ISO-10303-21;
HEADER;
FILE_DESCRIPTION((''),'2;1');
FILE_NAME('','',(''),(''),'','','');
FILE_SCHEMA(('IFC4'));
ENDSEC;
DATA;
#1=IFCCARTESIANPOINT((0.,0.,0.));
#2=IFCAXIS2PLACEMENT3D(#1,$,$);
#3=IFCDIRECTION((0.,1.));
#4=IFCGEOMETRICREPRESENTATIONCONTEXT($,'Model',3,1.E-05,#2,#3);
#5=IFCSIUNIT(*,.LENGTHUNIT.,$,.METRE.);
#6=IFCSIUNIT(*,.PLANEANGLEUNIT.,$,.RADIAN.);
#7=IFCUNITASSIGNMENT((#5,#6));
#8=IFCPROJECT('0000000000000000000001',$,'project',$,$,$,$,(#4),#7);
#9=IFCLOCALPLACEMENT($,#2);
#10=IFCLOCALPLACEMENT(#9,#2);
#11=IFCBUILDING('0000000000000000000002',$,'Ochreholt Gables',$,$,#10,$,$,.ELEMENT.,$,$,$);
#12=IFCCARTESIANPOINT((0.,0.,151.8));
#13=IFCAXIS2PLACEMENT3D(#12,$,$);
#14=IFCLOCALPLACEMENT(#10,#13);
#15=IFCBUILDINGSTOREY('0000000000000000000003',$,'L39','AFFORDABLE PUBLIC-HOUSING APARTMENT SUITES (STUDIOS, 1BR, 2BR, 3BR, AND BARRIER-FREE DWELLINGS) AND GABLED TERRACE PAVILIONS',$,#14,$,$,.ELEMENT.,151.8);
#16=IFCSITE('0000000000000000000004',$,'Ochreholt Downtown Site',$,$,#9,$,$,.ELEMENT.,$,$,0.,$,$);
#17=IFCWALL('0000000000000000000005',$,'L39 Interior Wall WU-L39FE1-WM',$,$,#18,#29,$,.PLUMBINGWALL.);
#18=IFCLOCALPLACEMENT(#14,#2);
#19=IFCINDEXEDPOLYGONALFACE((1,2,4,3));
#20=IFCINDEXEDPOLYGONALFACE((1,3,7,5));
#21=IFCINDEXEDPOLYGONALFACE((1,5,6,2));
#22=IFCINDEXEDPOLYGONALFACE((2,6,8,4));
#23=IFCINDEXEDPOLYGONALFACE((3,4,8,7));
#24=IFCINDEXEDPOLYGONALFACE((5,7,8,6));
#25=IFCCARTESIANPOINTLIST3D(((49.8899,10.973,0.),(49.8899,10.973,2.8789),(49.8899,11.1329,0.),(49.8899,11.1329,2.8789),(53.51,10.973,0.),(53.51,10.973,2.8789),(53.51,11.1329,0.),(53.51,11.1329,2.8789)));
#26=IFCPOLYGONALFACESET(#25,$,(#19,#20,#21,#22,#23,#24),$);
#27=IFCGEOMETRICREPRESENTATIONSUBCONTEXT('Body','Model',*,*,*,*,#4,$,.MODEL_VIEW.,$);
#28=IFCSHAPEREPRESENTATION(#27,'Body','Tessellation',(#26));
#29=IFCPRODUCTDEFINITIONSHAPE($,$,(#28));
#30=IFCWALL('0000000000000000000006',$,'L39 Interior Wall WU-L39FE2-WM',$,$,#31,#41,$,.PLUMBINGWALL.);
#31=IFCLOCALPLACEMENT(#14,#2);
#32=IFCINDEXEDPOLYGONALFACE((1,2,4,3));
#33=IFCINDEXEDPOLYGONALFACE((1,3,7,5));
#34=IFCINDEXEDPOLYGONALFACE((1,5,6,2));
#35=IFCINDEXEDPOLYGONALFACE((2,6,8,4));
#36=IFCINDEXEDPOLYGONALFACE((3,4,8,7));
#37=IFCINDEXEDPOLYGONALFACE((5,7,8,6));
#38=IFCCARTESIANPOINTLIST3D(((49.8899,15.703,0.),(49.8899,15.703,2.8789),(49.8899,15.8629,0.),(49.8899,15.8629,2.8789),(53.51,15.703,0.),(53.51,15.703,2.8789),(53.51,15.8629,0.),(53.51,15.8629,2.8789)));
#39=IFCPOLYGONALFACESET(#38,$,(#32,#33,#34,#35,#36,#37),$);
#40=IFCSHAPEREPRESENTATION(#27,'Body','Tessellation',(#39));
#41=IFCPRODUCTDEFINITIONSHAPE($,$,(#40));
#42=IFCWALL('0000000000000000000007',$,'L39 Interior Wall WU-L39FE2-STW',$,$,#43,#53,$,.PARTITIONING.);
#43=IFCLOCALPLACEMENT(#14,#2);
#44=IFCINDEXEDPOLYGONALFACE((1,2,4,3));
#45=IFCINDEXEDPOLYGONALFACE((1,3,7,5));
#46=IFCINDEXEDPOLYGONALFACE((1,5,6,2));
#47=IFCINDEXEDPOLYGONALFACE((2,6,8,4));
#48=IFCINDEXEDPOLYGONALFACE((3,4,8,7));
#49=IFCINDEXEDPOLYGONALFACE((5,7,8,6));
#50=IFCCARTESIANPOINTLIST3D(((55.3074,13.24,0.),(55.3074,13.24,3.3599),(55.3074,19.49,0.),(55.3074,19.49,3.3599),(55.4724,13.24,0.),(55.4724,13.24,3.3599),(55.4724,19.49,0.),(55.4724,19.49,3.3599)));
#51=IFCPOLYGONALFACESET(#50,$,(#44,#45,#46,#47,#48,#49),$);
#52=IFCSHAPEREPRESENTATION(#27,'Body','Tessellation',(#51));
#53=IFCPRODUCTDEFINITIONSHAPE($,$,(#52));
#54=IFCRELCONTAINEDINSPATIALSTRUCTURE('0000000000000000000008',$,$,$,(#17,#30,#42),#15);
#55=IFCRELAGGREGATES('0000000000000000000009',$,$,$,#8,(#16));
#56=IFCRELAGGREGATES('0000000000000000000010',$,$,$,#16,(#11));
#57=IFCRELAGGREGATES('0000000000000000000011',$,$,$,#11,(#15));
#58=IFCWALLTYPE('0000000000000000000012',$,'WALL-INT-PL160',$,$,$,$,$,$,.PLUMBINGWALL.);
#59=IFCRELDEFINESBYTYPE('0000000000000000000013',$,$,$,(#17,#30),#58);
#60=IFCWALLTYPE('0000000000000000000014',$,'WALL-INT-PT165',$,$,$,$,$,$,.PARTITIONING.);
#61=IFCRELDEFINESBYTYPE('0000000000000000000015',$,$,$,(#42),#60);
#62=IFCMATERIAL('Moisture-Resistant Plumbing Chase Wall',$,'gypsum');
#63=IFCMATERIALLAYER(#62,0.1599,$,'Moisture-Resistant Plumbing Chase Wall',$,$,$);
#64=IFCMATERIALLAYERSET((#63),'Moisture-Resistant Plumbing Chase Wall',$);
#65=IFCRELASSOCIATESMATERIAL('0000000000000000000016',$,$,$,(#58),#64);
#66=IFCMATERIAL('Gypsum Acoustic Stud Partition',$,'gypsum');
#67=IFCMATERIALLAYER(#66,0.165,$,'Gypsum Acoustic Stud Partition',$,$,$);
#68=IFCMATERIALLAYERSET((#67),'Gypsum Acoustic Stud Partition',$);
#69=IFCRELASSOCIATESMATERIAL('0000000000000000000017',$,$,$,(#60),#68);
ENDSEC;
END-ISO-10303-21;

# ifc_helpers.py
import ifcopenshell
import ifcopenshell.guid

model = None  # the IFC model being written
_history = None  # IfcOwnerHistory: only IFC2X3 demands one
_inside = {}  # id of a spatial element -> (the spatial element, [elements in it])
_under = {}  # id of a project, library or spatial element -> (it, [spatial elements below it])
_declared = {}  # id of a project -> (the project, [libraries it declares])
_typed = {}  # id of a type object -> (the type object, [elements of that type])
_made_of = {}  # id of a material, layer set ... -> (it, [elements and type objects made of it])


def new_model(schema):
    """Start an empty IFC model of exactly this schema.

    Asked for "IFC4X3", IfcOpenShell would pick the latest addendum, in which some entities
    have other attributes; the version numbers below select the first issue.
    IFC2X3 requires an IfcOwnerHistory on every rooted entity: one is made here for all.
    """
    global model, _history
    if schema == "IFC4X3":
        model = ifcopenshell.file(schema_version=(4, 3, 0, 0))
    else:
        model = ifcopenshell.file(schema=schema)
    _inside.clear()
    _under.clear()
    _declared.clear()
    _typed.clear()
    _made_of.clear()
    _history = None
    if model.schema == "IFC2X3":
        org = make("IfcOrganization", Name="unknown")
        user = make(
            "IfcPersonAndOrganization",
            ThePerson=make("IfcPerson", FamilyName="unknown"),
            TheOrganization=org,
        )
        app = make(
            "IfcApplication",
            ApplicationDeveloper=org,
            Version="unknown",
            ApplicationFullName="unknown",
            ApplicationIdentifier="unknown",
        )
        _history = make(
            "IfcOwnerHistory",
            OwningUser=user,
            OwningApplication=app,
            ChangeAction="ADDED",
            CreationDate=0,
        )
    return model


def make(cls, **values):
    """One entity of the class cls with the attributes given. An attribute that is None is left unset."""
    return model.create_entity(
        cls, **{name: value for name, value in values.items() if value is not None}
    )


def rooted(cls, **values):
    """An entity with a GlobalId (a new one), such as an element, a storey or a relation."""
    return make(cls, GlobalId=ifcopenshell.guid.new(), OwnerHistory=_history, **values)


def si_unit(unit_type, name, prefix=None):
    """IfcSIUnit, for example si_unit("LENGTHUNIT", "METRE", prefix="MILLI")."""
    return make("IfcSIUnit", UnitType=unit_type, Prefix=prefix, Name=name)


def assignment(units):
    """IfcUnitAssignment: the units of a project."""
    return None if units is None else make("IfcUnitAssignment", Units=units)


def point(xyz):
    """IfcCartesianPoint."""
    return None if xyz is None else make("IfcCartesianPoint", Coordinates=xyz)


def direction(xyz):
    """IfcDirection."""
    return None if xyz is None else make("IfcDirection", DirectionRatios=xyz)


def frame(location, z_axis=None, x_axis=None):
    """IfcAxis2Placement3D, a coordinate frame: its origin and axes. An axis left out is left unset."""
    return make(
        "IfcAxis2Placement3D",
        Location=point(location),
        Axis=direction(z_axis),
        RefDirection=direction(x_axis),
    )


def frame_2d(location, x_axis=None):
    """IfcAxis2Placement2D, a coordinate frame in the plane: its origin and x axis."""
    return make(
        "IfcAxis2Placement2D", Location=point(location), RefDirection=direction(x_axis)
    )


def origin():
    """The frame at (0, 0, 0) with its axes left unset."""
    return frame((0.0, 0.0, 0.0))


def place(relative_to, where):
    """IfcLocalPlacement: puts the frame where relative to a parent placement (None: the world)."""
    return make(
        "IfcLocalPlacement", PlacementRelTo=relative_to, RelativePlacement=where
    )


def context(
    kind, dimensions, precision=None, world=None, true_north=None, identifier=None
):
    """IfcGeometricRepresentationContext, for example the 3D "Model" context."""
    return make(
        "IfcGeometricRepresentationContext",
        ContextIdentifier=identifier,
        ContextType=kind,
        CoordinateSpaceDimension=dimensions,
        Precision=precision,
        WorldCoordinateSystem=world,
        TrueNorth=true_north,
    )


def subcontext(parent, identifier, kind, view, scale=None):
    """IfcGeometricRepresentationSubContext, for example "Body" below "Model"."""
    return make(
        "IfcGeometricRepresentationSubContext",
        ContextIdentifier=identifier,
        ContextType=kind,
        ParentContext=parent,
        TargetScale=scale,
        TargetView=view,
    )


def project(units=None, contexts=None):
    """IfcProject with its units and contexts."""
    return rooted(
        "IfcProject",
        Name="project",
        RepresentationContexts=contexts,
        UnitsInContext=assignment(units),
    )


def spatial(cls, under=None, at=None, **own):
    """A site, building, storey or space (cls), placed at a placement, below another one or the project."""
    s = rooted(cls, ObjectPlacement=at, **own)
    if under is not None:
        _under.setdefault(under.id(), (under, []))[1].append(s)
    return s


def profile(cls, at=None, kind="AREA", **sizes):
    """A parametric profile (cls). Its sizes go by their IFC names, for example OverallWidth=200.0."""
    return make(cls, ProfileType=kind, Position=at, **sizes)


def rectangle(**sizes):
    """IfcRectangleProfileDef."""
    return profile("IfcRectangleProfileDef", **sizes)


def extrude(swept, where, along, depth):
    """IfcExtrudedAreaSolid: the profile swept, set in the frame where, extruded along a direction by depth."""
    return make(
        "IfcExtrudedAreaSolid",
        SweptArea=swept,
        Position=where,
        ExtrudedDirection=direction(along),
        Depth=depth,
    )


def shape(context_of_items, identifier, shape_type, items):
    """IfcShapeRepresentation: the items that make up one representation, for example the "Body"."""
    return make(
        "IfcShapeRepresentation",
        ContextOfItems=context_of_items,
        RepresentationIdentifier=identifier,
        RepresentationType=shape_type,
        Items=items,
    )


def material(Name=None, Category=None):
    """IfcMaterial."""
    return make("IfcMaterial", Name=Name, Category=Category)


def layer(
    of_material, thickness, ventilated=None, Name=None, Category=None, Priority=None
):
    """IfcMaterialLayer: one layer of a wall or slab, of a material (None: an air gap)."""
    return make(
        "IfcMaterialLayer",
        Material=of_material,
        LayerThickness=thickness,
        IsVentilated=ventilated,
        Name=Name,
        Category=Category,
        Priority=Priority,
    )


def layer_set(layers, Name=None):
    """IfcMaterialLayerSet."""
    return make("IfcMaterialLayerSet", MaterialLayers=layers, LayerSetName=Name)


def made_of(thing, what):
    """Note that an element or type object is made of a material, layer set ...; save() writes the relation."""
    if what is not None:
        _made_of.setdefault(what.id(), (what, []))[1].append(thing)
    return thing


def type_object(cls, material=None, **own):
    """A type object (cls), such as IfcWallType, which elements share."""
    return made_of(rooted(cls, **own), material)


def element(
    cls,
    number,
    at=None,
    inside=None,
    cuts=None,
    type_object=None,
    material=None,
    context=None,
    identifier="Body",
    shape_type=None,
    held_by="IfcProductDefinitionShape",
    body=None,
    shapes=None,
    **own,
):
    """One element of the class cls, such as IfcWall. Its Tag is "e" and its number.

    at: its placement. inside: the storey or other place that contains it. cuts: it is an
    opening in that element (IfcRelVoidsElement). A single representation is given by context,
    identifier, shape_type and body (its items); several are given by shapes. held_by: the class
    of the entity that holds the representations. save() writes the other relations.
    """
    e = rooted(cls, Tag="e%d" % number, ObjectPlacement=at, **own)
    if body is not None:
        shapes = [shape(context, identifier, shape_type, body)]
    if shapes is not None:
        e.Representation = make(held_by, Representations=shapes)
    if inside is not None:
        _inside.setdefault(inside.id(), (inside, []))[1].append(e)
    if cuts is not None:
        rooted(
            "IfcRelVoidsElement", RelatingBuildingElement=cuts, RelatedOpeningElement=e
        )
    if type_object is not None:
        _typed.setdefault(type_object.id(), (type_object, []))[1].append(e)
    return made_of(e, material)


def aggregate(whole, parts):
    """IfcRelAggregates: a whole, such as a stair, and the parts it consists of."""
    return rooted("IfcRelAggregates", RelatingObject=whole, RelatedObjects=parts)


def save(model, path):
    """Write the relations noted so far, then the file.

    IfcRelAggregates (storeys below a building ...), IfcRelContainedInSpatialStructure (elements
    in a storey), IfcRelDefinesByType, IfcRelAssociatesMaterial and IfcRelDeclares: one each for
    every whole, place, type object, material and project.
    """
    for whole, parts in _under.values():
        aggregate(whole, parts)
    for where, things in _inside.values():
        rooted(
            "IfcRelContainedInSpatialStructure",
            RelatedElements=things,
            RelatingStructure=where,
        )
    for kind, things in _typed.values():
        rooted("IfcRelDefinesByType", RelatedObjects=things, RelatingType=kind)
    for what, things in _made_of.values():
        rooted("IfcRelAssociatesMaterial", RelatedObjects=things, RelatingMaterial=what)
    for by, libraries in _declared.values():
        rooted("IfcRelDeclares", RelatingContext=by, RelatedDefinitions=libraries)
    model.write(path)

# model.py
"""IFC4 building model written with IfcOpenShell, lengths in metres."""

from ifc_helpers import new_model, si_unit, direction, frame, frame_2d, origin, place, context, subcontext, project, spatial, rectangle, extrude, material, layer, layer_set, type_object, element, save


model = new_model("IFC4")

# Units and contexts
model_context = context("Model", 3, precision=1e-05, world=origin(), true_north=direction((0.0, 1.0)))
body_context = subcontext(model_context, "Body", "Model", "MODEL_VIEW")
ifc_project = project(units=[si_unit("LENGTHUNIT", "METRE"), si_unit("PLANEANGLEUNIT", "RADIAN")], contexts=[model_context])

# Site, building, storey
site_placement = place(None, origin())
site = spatial("IfcSite", under=ifc_project, at=site_placement, Name="Ochreholt Downtown Site", CompositionType="ELEMENT", RefElevation=0.0)
building_placement = place(site_placement, origin())
building = spatial("IfcBuilding", under=site, at=building_placement, Name="Ochreholt Gables", CompositionType="ELEMENT")
storey_placement = place(building_placement, frame((0.0, 0.0, 151.8)))
storey = spatial("IfcBuildingStorey", under=building, at=storey_placement, Name="L39", Description="AFFORDABLE PUBLIC-HOUSING APARTMENT SUITES (STUDIOS, 1BR, 2BR, 3BR, AND BARRIER-FREE DWELLINGS) AND GABLED TERRACE PAVILIONS", CompositionType="ELEMENT", Elevation=151.8)

# Shared definitions
ifc_material_1 = material(Name="Moisture-Resistant Plumbing Chase Wall", Category="gypsum")
ifc_layer_1 = layer(ifc_material_1, 0.1599, Name="Moisture-Resistant Plumbing Chase Wall")
ifc_layer_set_1 = layer_set([ifc_layer_1], Name="Moisture-Resistant Plumbing Chase Wall")
wall_type_1 = type_object("IfcWallType", Name="WALL-INT-PL160", PredefinedType="PLUMBINGWALL", material=ifc_layer_set_1)

# Wall
wall_1_placement = place(storey_placement, frame((49.8899, 11.053, 0.0), z_axis=(0.0, 0.0, 1.0), x_axis=(1.0, 0.0, 0.0)))
element("IfcWall", 1, at=wall_1_placement, inside=storey, type_object=wall_type_1, Name="L39 Interior Wall WU-L39FE1-WM", PredefinedType="PLUMBINGWALL", context=body_context, shape_type="SweptSolid", body=[
    extrude(rectangle(XDim=3.6201, YDim=0.1599, at=frame_2d((1.8101, 0.0))), origin(), (0.0, 0.0, 1.0), 2.8789),
])

# Walls
wall_2_placement = place(storey_placement, frame((49.8899, 15.783, 0.0), z_axis=(0.0, 0.0, 1.0), x_axis=(1.0, 0.0, 0.0)))
element("IfcWall", 2, at=wall_2_placement, inside=storey, type_object=wall_type_1, Name="L39 Interior Wall WU-L39FE2-WM", PredefinedType="PLUMBINGWALL", context=body_context, shape_type="SweptSolid", body=[
    extrude(rectangle(XDim=3.6201, YDim=0.1599, at=frame_2d((1.8101, 0.0))), origin(), (0.0, 0.0, 1.0), 2.8789),
])
ifc_material_2 = material(Name="Gypsum Acoustic Stud Partition", Category="gypsum")
ifc_layer_2 = layer(ifc_material_2, 0.165, Name="Gypsum Acoustic Stud Partition")
ifc_layer_set_2 = layer_set([ifc_layer_2], Name="Gypsum Acoustic Stud Partition")
wall_type_2 = type_object("IfcWallType", Name="WALL-INT-PT165", PredefinedType="PARTITIONING", material=ifc_layer_set_2)
wall_3_placement = place(storey_placement, frame((55.3899, 13.24, 0.0), z_axis=(0.0, 0.0, 1.0), x_axis=(0.0, 1.0, 0.0)))
element("IfcWall", 3, at=wall_3_placement, inside=storey, type_object=wall_type_2, Name="L39 Interior Wall WU-L39FE2-STW", PredefinedType="PARTITIONING", context=body_context, shape_type="SweptSolid", body=[
    extrude(rectangle(XDim=6.25, YDim=0.165, at=frame_2d((3.125, 0.0))), origin(), (0.0, 0.0, 1.0), 3.3599),
])

save(model, "model.ifc")
